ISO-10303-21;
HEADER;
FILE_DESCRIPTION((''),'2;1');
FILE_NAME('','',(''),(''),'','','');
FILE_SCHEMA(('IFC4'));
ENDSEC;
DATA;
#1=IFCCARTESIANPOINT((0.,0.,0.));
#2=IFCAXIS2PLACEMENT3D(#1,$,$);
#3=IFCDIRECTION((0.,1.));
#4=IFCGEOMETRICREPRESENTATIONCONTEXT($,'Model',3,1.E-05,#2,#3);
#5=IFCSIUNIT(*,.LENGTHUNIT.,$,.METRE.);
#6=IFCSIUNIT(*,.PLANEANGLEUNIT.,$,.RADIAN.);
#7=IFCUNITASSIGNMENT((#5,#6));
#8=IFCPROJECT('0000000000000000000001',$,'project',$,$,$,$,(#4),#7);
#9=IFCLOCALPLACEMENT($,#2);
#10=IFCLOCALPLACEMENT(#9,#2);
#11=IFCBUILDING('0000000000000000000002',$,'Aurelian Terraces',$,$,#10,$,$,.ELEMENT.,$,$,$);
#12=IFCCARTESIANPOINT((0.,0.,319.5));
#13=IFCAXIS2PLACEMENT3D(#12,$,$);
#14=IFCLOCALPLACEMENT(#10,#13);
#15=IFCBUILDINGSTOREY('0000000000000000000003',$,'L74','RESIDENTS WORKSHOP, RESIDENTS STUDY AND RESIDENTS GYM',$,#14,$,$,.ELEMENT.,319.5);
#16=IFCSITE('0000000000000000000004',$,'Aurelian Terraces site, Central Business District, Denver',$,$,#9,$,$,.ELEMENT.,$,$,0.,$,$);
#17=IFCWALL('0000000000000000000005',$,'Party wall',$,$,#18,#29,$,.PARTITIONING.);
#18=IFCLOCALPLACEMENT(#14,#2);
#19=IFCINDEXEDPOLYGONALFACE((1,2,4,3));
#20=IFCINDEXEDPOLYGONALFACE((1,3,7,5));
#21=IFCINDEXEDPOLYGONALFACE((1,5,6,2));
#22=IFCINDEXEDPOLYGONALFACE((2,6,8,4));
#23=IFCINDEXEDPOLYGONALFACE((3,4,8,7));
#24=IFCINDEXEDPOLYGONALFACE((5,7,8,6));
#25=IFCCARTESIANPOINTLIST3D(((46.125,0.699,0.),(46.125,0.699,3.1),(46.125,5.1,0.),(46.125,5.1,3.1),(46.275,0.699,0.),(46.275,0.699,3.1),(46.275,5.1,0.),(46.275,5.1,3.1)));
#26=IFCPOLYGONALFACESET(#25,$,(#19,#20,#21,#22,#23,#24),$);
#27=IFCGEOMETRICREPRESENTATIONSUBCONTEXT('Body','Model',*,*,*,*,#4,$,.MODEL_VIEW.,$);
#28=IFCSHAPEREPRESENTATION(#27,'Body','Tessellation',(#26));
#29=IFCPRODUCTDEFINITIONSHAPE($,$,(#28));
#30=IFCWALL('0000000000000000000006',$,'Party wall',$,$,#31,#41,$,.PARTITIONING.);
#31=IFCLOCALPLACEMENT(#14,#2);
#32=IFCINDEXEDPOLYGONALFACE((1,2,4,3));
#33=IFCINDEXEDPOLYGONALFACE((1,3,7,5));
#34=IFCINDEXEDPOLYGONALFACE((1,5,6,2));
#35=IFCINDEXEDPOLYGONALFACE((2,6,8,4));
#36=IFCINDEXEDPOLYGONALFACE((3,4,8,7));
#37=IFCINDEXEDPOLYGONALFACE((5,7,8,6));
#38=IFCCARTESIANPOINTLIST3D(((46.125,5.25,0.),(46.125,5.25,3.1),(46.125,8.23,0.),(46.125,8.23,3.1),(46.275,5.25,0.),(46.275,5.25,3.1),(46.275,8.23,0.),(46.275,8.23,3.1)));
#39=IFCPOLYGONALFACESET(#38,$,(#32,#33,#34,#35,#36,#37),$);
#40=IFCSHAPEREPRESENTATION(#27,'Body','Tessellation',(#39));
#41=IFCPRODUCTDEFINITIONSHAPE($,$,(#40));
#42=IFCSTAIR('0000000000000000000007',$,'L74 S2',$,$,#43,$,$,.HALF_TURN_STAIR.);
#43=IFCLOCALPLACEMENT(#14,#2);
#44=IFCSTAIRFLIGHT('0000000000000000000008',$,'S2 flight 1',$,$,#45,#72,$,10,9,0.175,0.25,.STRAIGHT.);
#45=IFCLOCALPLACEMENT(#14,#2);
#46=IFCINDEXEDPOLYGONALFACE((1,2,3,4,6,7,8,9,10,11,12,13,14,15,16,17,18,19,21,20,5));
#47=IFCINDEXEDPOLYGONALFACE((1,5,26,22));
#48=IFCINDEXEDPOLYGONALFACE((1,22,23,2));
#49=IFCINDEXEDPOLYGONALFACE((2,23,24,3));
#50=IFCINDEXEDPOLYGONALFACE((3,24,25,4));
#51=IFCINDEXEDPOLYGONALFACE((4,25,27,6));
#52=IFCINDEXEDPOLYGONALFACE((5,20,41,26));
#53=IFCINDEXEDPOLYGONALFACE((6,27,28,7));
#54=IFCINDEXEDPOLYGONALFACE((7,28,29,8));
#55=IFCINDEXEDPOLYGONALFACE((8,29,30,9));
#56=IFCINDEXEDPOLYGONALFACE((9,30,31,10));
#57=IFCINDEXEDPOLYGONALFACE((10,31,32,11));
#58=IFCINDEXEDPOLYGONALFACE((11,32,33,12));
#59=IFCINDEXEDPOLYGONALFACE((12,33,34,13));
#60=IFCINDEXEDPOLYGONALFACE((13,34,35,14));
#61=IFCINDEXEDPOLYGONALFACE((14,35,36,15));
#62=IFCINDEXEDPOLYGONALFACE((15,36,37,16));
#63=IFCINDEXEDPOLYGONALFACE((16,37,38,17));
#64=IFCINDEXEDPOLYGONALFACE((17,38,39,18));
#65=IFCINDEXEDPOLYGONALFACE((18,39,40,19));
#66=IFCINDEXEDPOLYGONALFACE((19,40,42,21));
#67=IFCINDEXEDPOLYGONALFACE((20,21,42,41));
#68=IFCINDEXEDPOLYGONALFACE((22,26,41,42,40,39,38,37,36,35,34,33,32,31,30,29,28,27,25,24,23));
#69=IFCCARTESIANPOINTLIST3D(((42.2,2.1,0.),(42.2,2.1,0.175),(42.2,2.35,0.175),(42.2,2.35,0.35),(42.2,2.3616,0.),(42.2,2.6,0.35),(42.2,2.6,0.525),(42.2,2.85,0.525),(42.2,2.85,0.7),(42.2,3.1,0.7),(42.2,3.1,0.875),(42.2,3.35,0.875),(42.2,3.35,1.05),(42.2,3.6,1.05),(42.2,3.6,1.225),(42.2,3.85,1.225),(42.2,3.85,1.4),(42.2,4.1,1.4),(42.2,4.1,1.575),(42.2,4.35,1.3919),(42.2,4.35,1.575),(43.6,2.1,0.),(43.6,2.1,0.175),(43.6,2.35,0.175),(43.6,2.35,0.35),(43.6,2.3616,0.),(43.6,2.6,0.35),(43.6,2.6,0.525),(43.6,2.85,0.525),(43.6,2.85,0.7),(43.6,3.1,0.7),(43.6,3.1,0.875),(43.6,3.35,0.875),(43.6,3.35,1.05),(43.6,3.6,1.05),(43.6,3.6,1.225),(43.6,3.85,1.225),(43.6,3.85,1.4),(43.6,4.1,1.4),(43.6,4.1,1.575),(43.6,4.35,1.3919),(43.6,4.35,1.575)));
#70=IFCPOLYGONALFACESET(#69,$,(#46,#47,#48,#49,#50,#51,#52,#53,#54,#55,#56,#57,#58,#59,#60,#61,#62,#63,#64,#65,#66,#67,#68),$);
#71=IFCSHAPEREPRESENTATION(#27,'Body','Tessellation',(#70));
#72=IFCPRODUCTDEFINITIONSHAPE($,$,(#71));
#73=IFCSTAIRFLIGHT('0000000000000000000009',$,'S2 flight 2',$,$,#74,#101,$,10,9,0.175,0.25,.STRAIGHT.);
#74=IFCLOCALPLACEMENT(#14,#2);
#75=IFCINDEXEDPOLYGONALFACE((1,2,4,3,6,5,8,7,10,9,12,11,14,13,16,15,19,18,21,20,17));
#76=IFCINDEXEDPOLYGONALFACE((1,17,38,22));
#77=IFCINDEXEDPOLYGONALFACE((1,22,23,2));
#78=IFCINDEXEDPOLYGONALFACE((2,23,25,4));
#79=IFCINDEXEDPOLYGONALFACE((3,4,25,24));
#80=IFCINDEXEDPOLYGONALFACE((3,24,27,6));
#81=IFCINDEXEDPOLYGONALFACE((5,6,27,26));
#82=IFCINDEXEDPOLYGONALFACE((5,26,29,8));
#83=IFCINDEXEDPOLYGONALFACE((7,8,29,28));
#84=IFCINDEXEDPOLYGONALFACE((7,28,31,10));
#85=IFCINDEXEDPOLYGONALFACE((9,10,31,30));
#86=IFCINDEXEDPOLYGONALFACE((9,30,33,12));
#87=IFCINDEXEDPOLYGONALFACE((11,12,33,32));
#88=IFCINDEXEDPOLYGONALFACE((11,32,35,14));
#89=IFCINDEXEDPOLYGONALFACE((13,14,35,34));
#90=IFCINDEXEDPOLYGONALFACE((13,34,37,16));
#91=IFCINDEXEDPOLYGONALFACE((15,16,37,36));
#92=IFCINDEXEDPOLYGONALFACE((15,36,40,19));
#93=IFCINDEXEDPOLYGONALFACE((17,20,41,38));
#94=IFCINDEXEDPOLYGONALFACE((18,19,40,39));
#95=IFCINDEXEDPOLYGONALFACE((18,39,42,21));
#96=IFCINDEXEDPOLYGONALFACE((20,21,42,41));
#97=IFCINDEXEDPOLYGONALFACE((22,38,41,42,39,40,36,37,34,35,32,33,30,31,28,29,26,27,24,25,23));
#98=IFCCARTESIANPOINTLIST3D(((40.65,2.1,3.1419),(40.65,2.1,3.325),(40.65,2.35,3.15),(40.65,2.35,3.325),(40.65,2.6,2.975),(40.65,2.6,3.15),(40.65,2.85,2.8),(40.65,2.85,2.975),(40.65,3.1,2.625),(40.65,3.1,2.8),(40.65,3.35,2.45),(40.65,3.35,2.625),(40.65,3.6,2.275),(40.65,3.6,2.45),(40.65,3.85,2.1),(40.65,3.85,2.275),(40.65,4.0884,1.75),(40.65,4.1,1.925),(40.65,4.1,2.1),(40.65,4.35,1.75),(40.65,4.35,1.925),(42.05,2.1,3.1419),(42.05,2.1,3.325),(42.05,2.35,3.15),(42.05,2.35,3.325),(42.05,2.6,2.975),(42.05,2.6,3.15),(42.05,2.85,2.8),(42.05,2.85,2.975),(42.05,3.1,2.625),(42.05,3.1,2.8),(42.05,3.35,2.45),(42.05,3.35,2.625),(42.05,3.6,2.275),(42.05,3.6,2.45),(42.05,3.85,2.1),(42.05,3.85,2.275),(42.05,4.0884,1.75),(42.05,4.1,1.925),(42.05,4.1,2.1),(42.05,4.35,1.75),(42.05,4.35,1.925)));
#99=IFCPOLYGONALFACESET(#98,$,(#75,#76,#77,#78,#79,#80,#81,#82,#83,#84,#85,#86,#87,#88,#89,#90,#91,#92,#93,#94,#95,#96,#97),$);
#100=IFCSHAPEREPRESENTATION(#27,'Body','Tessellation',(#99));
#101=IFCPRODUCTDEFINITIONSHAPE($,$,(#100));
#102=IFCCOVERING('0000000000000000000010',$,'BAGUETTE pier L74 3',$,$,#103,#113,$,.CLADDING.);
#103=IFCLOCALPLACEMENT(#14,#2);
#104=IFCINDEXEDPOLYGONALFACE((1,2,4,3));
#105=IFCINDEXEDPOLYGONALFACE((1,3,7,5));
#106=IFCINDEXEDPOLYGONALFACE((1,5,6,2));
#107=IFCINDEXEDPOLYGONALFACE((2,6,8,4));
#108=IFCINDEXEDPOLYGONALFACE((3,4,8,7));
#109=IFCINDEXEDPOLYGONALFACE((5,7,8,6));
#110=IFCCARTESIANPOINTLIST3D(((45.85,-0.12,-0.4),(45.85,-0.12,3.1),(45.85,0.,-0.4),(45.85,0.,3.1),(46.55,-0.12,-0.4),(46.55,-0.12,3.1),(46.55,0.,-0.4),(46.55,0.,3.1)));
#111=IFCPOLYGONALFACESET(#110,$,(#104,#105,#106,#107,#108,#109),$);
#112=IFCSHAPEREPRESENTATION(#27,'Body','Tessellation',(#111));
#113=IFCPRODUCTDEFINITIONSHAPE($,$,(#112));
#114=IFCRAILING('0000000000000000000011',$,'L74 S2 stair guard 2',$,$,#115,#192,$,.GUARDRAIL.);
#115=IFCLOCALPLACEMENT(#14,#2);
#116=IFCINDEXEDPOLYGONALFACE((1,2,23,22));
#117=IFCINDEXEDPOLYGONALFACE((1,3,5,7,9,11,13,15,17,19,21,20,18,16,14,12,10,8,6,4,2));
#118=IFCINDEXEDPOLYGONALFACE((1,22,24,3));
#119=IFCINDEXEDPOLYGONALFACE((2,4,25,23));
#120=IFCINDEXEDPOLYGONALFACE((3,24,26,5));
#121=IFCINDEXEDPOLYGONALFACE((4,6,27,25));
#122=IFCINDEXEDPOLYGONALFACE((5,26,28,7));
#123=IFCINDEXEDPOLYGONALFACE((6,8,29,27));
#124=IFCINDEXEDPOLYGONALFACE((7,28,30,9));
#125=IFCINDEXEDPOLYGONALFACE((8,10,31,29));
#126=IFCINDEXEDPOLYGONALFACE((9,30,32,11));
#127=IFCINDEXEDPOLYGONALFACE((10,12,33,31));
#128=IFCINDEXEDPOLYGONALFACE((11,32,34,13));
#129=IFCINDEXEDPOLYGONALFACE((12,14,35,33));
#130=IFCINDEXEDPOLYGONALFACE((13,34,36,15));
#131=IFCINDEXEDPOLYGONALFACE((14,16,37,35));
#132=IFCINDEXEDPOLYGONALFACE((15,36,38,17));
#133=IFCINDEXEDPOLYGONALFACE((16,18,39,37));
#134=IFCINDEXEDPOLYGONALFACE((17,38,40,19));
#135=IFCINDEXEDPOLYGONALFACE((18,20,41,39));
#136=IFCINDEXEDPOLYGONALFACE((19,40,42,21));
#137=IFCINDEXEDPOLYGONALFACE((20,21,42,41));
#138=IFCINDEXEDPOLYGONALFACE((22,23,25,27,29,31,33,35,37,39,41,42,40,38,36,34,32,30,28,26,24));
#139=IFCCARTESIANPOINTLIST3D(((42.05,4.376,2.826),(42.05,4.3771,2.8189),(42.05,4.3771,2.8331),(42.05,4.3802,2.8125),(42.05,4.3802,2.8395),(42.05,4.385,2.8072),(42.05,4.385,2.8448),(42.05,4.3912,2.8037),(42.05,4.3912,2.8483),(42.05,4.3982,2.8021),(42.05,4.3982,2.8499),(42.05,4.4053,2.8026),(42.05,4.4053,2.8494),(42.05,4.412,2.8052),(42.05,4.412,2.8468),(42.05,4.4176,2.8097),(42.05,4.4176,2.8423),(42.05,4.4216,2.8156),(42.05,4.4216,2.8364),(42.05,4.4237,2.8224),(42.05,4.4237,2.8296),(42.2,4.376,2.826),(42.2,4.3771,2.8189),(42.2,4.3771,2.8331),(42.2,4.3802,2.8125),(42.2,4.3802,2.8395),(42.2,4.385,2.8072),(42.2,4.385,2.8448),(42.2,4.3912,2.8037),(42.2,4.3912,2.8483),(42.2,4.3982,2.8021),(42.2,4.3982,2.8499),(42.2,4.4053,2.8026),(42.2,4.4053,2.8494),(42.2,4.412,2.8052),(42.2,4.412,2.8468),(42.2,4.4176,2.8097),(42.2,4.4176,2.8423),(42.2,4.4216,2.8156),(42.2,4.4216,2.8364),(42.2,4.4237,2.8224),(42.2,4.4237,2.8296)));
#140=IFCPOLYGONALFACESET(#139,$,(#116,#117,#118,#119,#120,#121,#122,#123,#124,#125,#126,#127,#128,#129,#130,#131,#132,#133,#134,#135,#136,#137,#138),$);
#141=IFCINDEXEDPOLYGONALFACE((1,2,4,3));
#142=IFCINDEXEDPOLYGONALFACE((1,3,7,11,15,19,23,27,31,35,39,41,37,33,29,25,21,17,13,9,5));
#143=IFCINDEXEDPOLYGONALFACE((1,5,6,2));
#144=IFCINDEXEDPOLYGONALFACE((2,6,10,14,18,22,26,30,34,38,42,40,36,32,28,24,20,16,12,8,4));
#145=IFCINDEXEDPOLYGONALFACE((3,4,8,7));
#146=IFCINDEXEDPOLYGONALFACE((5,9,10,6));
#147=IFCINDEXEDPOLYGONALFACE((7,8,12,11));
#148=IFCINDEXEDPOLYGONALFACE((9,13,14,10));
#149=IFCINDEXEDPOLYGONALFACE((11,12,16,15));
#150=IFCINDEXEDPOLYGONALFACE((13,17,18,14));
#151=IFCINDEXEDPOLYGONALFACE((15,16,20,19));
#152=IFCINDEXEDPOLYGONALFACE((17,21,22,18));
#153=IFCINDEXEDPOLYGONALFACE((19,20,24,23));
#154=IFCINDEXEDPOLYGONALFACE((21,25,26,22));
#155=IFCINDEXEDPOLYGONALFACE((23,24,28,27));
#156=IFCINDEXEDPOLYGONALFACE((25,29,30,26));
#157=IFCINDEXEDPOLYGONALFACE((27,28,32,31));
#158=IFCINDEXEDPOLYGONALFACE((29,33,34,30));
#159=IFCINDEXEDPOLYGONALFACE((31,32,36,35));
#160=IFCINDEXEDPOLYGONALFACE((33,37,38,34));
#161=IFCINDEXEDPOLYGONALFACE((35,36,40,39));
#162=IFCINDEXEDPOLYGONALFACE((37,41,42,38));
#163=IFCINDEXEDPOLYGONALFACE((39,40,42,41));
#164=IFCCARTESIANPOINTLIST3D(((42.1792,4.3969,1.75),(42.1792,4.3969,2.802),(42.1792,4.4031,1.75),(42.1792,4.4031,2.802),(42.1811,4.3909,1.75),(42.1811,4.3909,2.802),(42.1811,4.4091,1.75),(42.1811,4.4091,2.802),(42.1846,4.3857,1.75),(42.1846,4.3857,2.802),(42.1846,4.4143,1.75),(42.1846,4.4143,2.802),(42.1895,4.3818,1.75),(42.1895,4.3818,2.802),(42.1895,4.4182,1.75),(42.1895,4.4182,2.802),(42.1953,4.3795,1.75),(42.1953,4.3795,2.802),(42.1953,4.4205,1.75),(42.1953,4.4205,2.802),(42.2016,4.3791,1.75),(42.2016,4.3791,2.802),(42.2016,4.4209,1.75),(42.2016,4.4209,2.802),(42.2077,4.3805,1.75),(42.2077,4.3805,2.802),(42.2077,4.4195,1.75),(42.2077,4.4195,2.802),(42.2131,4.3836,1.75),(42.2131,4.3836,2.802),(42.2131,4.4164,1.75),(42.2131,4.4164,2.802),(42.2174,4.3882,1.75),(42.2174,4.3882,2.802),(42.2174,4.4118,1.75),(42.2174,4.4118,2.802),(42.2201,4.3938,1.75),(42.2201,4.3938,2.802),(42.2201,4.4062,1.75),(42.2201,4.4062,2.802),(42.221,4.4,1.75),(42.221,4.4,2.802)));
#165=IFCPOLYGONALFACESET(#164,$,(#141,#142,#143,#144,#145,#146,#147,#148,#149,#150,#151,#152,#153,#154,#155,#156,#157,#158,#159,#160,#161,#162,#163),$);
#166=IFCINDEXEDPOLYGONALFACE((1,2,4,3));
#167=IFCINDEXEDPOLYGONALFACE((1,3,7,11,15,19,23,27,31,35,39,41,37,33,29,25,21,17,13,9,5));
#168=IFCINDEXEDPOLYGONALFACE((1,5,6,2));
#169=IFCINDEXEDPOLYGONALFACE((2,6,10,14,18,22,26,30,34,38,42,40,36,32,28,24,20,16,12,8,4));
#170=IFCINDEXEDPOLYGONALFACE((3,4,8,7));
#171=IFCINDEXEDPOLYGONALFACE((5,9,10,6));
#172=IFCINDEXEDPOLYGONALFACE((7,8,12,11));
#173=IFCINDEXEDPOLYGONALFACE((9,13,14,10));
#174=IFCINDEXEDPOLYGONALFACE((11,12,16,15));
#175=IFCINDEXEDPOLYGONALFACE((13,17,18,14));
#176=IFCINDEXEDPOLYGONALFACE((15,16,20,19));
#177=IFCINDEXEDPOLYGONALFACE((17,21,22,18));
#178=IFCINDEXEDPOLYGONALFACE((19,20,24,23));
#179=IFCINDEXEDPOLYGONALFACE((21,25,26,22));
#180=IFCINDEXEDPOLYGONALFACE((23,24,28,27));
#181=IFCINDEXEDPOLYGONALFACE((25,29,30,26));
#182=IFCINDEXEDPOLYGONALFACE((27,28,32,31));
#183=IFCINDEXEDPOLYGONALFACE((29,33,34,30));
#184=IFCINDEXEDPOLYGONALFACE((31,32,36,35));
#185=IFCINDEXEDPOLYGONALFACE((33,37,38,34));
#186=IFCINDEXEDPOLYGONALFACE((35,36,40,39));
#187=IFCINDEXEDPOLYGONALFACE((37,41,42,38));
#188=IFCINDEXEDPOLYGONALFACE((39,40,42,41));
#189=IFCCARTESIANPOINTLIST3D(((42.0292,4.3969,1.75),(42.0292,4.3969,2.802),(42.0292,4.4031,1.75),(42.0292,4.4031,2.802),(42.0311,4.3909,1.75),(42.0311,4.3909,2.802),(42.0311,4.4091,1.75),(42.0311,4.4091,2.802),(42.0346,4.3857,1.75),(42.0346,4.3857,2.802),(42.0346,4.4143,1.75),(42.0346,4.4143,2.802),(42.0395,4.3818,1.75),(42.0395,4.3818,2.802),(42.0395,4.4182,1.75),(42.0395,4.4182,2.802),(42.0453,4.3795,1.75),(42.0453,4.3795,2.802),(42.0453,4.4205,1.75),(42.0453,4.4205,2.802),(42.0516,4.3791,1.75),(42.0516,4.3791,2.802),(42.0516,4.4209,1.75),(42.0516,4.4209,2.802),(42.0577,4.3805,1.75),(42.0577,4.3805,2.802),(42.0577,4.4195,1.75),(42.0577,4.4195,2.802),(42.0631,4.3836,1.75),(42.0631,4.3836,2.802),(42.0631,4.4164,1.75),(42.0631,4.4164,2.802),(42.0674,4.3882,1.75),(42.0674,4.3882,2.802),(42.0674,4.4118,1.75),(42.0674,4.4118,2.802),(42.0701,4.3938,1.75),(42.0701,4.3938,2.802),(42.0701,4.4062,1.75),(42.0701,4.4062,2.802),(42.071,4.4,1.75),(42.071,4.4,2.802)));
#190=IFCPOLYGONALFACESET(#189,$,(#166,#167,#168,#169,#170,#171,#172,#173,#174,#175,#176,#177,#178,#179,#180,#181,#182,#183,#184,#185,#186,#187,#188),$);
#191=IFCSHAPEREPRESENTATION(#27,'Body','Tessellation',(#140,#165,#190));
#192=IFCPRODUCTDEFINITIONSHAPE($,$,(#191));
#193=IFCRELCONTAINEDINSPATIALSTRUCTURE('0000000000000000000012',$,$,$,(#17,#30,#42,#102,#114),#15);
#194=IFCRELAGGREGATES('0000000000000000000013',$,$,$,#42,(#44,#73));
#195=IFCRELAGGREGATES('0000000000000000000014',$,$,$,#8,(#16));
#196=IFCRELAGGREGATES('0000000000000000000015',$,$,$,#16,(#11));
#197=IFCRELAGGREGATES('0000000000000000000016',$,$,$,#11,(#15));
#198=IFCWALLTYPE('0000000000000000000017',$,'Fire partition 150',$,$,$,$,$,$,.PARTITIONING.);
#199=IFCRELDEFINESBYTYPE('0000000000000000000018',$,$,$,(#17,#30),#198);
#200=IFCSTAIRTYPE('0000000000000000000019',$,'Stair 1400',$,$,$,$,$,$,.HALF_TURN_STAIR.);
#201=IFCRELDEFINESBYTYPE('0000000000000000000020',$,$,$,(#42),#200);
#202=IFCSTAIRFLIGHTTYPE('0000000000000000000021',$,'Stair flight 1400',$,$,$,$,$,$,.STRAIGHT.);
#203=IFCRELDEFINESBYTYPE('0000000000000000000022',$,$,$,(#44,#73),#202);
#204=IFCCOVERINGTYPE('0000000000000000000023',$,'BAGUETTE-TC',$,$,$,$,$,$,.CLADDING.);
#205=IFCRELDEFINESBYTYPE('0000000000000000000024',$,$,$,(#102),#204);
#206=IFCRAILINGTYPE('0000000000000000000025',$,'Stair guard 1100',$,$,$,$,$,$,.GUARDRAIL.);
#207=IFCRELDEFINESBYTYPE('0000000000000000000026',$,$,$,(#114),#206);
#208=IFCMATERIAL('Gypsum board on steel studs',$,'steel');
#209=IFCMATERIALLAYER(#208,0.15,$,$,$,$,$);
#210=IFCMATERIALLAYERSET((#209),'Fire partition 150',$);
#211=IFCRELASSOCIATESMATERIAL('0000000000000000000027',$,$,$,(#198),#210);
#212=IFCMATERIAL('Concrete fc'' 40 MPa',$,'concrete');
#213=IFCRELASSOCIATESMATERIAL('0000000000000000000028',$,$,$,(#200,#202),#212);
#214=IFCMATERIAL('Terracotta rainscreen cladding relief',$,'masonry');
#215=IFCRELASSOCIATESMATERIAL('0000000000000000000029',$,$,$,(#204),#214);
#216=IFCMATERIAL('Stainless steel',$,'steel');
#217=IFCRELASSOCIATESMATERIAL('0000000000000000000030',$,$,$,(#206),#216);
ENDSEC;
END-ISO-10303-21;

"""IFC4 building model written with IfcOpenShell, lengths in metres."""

from ifc_helpers import new_model, si_unit, direction, frame, frame_2d, origin, origin_2d, place, context, subcontext, project, spatial, polyline, rectangle, circle, outline, extrude, source, transform, mapped, material, layer, layer_set, type_object, element, aggregate, save


model = new_model("IFC4")

# Units and contexts
model_context = context("Model", 3, precision=1e-05, world=origin(), true_north=direction((0.0, 1.0)))
body_context = subcontext(model_context, "Body", "Model", "MODEL_VIEW")
ifc_project = project(units=[si_unit("LENGTHUNIT", "METRE"), si_unit("PLANEANGLEUNIT", "RADIAN")], contexts=[model_context])

# Site, building, storey
site_placement = place(None, origin())
site = spatial("IfcSite", under=ifc_project, at=site_placement, Name="Aurelian Terraces site, Central Business District, Denver", CompositionType="ELEMENT", RefElevation=0.0)
building_placement = place(site_placement, origin())
building = spatial("IfcBuilding", under=site, at=building_placement, Name="Aurelian Terraces", CompositionType="ELEMENT")
storey_placement = place(building_placement, frame((0.0, 0.0, 319.5)))
storey = spatial("IfcBuildingStorey", under=building, at=storey_placement, Name="L74", Description="RESIDENTS WORKSHOP, RESIDENTS STUDY AND RESIDENTS GYM", CompositionType="ELEMENT", Elevation=319.5)

# Shared definitions
ifc_material_1 = material(Name="Concrete fc' 40 MPa", Category="concrete")

# Shared definitions
ifc_material_2 = material(Name="Gypsum board on steel studs", Category="steel")

# Walls
ifc_layer_1 = layer(ifc_material_2, 0.15)
ifc_layer_set_1 = layer_set([ifc_layer_1], Name="Fire partition 150")
wall_type_1 = type_object("IfcWallType", Name="Fire partition 150", PredefinedType="PARTITIONING", material=ifc_layer_set_1)
shared_shape_1 = source(origin(), body_context, "Body", "SweptSolid", [
    extrude(rectangle(XDim=4.401, YDim=0.15, at=frame_2d((2.2005, 0.0))), origin(), (0.0, 0.0, 1.0), 3.1),
])
wall_1_placement = place(storey_placement, frame((46.2, 0.699, 0.0), z_axis=(0.0, 0.0, 1.0), x_axis=(0.0, 1.0, 0.0)))
element("IfcWall", 1, at=wall_1_placement, inside=storey, type_object=wall_type_1, Name="Party wall", PredefinedType="PARTITIONING", context=body_context, shape_type="MappedRepresentation", body=[
    mapped(shared_shape_1, transform((0.0, 0.0, 0.0), scale=1.0)),
])
shared_shape_2 = source(origin(), body_context, "Body", "SweptSolid", [
    extrude(rectangle(XDim=2.98, YDim=0.15, at=frame_2d((1.49, 0.0))), origin(), (0.0, 0.0, 1.0), 3.1),
])
wall_2_placement = place(storey_placement, frame((46.2, 5.25, 0.0), z_axis=(0.0, 0.0, 1.0), x_axis=(0.0, 1.0, 0.0)))
element("IfcWall", 2, at=wall_2_placement, inside=storey, type_object=wall_type_1, Name="Party wall", PredefinedType="PARTITIONING", context=body_context, shape_type="MappedRepresentation", body=[
    mapped(shared_shape_2, transform((0.0, 0.0, 0.0), scale=1.0)),
])

# Stair, stair flights
stair_type = type_object("IfcStairType", Name="Stair 1400", PredefinedType="HALF_TURN_STAIR", material=ifc_material_1)
stair_placement = place(storey_placement, origin())
stair = element("IfcStair", 3, at=stair_placement, inside=storey, type_object=stair_type, Name="L74 S2", PredefinedType="HALF_TURN_STAIR")
stair_flight_type = type_object("IfcStairFlightType", Name="Stair flight 1400", PredefinedType="STRAIGHT", material=ifc_material_1)
shared_shape_3 = source(origin(), body_context, "Body", "SweptSolid", [
    extrude(outline(polyline([(0.0, 0.0), (0.0, 0.175), (0.25, 0.175), (0.25, 0.35), (0.5, 0.35), (0.5, 0.525), (0.75, 0.525), (0.75, 0.7), (1.0, 0.7), (1.0, 0.875), (1.25, 0.875), (1.25, 1.05), (1.5, 1.05), (1.5, 1.225), (1.75, 1.225), (1.75, 1.4), (2.0, 1.4), (2.0, 1.575), (2.25, 1.575), (2.25, 1.75), (2.25, 1.3919), (0.2616, 0.0), (0.0, 0.0)])), frame((0.0, 0.7, 0.0), z_axis=(0.0, -1.0, 0.0), x_axis=(1.0, 0.0, 0.0)), (0.0, 0.0, 1.0), 1.4),
])
stair_flight_1_placement = place(storey_placement, frame((42.9, 2.1, 0.0), z_axis=(0.0, 0.0, 1.0), x_axis=(0.0, 1.0, 0.0)))
stair_flight_1 = element("IfcStairFlight", 4, at=stair_flight_1_placement, type_object=stair_flight_type, Name="S2 flight 1", NumberOfRisers=10, NumberOfTreads=9, PredefinedType="STRAIGHT", RiserHeight=0.175, TreadLength=0.25, context=body_context, shape_type="MappedRepresentation", body=[
    mapped(shared_shape_3, transform((0.0, 0.0, 0.0), scale=1.0)),
])
stair_flight_2_placement = place(storey_placement, frame((41.35, 4.35, 1.75), z_axis=(0.0, 0.0, 1.0), x_axis=(0.0, -1.0, 0.0)))
stair_flight_2 = element("IfcStairFlight", 5, at=stair_flight_2_placement, type_object=stair_flight_type, Name="S2 flight 2", NumberOfRisers=10, NumberOfTreads=9, PredefinedType="STRAIGHT", RiserHeight=0.175, TreadLength=0.25, context=body_context, shape_type="MappedRepresentation", body=[
    mapped(shared_shape_3, transform((0.0, 0.0, 0.0), scale=1.0)),
])
aggregate(stair, [stair_flight_1, stair_flight_2])

# Covering
ifc_material_3 = material(Name="Terracotta rainscreen cladding relief", Category="masonry")
covering_type = type_object("IfcCoveringType", Name="BAGUETTE-TC", PredefinedType="CLADDING", material=ifc_material_3)
shared_shape_4 = source(origin(), body_context, "Body", "SweptSolid", [
    extrude(rectangle(XDim=0.7, YDim=0.12, at=origin_2d()), origin(), (0.0, 0.0, 1.0), 3.5),
])
covering_placement = place(storey_placement, frame((46.2, -0.06, -0.4), z_axis=(0.0, 0.0, 1.0), x_axis=(1.0, 0.0, 0.0)))
element("IfcCovering", 6, at=covering_placement, inside=storey, type_object=covering_type, Name="BAGUETTE pier L74 3", PredefinedType="CLADDING", context=body_context, shape_type="MappedRepresentation", body=[
    mapped(shared_shape_4, transform((0.0, 0.0, 0.0), scale=1.0)),
])

# Railing
ifc_material_4 = material(Name="Stainless steel", Category="steel")
railing_type_1 = type_object("IfcRailingType", Name="Stair guard 1100", PredefinedType="GUARDRAIL", material=ifc_material_4)
shared_shape_5 = source(origin(), body_context, "Body", "SweptSolid", [
    extrude(circle(Radius=0.024, at=origin_2d()), frame((0.0, 0.0, 1.076), z_axis=(-1.0, 0.0, 0.0), x_axis=(0.0, -1.0, 0.0)), (0.0, 0.0, 1.0), 0.15),
    extrude(circle(Radius=0.021, at=origin_2d()), origin(), (0.0, 0.0, 1.0), 1.052),
    extrude(circle(Radius=0.021, at=origin_2d()), frame((-0.15, 0.0, 0.0)), (0.0, 0.0, 1.0), 1.052),
])
for number, where, name in (
    (7, (42.2, 4.4, 1.75), "L74 S2 stair guard 2"),
):
    element("IfcRailing", number, at=place(storey_placement, frame(where)), inside=storey, type_object=railing_type_1, Name=name, PredefinedType="GUARDRAIL", context=body_context, shape_type="MappedRepresentation", body=[
        mapped(shared_shape_5, transform((0.0, 0.0, 0.0), scale=1.0)),
    ])

save(model, "model.ifc")
